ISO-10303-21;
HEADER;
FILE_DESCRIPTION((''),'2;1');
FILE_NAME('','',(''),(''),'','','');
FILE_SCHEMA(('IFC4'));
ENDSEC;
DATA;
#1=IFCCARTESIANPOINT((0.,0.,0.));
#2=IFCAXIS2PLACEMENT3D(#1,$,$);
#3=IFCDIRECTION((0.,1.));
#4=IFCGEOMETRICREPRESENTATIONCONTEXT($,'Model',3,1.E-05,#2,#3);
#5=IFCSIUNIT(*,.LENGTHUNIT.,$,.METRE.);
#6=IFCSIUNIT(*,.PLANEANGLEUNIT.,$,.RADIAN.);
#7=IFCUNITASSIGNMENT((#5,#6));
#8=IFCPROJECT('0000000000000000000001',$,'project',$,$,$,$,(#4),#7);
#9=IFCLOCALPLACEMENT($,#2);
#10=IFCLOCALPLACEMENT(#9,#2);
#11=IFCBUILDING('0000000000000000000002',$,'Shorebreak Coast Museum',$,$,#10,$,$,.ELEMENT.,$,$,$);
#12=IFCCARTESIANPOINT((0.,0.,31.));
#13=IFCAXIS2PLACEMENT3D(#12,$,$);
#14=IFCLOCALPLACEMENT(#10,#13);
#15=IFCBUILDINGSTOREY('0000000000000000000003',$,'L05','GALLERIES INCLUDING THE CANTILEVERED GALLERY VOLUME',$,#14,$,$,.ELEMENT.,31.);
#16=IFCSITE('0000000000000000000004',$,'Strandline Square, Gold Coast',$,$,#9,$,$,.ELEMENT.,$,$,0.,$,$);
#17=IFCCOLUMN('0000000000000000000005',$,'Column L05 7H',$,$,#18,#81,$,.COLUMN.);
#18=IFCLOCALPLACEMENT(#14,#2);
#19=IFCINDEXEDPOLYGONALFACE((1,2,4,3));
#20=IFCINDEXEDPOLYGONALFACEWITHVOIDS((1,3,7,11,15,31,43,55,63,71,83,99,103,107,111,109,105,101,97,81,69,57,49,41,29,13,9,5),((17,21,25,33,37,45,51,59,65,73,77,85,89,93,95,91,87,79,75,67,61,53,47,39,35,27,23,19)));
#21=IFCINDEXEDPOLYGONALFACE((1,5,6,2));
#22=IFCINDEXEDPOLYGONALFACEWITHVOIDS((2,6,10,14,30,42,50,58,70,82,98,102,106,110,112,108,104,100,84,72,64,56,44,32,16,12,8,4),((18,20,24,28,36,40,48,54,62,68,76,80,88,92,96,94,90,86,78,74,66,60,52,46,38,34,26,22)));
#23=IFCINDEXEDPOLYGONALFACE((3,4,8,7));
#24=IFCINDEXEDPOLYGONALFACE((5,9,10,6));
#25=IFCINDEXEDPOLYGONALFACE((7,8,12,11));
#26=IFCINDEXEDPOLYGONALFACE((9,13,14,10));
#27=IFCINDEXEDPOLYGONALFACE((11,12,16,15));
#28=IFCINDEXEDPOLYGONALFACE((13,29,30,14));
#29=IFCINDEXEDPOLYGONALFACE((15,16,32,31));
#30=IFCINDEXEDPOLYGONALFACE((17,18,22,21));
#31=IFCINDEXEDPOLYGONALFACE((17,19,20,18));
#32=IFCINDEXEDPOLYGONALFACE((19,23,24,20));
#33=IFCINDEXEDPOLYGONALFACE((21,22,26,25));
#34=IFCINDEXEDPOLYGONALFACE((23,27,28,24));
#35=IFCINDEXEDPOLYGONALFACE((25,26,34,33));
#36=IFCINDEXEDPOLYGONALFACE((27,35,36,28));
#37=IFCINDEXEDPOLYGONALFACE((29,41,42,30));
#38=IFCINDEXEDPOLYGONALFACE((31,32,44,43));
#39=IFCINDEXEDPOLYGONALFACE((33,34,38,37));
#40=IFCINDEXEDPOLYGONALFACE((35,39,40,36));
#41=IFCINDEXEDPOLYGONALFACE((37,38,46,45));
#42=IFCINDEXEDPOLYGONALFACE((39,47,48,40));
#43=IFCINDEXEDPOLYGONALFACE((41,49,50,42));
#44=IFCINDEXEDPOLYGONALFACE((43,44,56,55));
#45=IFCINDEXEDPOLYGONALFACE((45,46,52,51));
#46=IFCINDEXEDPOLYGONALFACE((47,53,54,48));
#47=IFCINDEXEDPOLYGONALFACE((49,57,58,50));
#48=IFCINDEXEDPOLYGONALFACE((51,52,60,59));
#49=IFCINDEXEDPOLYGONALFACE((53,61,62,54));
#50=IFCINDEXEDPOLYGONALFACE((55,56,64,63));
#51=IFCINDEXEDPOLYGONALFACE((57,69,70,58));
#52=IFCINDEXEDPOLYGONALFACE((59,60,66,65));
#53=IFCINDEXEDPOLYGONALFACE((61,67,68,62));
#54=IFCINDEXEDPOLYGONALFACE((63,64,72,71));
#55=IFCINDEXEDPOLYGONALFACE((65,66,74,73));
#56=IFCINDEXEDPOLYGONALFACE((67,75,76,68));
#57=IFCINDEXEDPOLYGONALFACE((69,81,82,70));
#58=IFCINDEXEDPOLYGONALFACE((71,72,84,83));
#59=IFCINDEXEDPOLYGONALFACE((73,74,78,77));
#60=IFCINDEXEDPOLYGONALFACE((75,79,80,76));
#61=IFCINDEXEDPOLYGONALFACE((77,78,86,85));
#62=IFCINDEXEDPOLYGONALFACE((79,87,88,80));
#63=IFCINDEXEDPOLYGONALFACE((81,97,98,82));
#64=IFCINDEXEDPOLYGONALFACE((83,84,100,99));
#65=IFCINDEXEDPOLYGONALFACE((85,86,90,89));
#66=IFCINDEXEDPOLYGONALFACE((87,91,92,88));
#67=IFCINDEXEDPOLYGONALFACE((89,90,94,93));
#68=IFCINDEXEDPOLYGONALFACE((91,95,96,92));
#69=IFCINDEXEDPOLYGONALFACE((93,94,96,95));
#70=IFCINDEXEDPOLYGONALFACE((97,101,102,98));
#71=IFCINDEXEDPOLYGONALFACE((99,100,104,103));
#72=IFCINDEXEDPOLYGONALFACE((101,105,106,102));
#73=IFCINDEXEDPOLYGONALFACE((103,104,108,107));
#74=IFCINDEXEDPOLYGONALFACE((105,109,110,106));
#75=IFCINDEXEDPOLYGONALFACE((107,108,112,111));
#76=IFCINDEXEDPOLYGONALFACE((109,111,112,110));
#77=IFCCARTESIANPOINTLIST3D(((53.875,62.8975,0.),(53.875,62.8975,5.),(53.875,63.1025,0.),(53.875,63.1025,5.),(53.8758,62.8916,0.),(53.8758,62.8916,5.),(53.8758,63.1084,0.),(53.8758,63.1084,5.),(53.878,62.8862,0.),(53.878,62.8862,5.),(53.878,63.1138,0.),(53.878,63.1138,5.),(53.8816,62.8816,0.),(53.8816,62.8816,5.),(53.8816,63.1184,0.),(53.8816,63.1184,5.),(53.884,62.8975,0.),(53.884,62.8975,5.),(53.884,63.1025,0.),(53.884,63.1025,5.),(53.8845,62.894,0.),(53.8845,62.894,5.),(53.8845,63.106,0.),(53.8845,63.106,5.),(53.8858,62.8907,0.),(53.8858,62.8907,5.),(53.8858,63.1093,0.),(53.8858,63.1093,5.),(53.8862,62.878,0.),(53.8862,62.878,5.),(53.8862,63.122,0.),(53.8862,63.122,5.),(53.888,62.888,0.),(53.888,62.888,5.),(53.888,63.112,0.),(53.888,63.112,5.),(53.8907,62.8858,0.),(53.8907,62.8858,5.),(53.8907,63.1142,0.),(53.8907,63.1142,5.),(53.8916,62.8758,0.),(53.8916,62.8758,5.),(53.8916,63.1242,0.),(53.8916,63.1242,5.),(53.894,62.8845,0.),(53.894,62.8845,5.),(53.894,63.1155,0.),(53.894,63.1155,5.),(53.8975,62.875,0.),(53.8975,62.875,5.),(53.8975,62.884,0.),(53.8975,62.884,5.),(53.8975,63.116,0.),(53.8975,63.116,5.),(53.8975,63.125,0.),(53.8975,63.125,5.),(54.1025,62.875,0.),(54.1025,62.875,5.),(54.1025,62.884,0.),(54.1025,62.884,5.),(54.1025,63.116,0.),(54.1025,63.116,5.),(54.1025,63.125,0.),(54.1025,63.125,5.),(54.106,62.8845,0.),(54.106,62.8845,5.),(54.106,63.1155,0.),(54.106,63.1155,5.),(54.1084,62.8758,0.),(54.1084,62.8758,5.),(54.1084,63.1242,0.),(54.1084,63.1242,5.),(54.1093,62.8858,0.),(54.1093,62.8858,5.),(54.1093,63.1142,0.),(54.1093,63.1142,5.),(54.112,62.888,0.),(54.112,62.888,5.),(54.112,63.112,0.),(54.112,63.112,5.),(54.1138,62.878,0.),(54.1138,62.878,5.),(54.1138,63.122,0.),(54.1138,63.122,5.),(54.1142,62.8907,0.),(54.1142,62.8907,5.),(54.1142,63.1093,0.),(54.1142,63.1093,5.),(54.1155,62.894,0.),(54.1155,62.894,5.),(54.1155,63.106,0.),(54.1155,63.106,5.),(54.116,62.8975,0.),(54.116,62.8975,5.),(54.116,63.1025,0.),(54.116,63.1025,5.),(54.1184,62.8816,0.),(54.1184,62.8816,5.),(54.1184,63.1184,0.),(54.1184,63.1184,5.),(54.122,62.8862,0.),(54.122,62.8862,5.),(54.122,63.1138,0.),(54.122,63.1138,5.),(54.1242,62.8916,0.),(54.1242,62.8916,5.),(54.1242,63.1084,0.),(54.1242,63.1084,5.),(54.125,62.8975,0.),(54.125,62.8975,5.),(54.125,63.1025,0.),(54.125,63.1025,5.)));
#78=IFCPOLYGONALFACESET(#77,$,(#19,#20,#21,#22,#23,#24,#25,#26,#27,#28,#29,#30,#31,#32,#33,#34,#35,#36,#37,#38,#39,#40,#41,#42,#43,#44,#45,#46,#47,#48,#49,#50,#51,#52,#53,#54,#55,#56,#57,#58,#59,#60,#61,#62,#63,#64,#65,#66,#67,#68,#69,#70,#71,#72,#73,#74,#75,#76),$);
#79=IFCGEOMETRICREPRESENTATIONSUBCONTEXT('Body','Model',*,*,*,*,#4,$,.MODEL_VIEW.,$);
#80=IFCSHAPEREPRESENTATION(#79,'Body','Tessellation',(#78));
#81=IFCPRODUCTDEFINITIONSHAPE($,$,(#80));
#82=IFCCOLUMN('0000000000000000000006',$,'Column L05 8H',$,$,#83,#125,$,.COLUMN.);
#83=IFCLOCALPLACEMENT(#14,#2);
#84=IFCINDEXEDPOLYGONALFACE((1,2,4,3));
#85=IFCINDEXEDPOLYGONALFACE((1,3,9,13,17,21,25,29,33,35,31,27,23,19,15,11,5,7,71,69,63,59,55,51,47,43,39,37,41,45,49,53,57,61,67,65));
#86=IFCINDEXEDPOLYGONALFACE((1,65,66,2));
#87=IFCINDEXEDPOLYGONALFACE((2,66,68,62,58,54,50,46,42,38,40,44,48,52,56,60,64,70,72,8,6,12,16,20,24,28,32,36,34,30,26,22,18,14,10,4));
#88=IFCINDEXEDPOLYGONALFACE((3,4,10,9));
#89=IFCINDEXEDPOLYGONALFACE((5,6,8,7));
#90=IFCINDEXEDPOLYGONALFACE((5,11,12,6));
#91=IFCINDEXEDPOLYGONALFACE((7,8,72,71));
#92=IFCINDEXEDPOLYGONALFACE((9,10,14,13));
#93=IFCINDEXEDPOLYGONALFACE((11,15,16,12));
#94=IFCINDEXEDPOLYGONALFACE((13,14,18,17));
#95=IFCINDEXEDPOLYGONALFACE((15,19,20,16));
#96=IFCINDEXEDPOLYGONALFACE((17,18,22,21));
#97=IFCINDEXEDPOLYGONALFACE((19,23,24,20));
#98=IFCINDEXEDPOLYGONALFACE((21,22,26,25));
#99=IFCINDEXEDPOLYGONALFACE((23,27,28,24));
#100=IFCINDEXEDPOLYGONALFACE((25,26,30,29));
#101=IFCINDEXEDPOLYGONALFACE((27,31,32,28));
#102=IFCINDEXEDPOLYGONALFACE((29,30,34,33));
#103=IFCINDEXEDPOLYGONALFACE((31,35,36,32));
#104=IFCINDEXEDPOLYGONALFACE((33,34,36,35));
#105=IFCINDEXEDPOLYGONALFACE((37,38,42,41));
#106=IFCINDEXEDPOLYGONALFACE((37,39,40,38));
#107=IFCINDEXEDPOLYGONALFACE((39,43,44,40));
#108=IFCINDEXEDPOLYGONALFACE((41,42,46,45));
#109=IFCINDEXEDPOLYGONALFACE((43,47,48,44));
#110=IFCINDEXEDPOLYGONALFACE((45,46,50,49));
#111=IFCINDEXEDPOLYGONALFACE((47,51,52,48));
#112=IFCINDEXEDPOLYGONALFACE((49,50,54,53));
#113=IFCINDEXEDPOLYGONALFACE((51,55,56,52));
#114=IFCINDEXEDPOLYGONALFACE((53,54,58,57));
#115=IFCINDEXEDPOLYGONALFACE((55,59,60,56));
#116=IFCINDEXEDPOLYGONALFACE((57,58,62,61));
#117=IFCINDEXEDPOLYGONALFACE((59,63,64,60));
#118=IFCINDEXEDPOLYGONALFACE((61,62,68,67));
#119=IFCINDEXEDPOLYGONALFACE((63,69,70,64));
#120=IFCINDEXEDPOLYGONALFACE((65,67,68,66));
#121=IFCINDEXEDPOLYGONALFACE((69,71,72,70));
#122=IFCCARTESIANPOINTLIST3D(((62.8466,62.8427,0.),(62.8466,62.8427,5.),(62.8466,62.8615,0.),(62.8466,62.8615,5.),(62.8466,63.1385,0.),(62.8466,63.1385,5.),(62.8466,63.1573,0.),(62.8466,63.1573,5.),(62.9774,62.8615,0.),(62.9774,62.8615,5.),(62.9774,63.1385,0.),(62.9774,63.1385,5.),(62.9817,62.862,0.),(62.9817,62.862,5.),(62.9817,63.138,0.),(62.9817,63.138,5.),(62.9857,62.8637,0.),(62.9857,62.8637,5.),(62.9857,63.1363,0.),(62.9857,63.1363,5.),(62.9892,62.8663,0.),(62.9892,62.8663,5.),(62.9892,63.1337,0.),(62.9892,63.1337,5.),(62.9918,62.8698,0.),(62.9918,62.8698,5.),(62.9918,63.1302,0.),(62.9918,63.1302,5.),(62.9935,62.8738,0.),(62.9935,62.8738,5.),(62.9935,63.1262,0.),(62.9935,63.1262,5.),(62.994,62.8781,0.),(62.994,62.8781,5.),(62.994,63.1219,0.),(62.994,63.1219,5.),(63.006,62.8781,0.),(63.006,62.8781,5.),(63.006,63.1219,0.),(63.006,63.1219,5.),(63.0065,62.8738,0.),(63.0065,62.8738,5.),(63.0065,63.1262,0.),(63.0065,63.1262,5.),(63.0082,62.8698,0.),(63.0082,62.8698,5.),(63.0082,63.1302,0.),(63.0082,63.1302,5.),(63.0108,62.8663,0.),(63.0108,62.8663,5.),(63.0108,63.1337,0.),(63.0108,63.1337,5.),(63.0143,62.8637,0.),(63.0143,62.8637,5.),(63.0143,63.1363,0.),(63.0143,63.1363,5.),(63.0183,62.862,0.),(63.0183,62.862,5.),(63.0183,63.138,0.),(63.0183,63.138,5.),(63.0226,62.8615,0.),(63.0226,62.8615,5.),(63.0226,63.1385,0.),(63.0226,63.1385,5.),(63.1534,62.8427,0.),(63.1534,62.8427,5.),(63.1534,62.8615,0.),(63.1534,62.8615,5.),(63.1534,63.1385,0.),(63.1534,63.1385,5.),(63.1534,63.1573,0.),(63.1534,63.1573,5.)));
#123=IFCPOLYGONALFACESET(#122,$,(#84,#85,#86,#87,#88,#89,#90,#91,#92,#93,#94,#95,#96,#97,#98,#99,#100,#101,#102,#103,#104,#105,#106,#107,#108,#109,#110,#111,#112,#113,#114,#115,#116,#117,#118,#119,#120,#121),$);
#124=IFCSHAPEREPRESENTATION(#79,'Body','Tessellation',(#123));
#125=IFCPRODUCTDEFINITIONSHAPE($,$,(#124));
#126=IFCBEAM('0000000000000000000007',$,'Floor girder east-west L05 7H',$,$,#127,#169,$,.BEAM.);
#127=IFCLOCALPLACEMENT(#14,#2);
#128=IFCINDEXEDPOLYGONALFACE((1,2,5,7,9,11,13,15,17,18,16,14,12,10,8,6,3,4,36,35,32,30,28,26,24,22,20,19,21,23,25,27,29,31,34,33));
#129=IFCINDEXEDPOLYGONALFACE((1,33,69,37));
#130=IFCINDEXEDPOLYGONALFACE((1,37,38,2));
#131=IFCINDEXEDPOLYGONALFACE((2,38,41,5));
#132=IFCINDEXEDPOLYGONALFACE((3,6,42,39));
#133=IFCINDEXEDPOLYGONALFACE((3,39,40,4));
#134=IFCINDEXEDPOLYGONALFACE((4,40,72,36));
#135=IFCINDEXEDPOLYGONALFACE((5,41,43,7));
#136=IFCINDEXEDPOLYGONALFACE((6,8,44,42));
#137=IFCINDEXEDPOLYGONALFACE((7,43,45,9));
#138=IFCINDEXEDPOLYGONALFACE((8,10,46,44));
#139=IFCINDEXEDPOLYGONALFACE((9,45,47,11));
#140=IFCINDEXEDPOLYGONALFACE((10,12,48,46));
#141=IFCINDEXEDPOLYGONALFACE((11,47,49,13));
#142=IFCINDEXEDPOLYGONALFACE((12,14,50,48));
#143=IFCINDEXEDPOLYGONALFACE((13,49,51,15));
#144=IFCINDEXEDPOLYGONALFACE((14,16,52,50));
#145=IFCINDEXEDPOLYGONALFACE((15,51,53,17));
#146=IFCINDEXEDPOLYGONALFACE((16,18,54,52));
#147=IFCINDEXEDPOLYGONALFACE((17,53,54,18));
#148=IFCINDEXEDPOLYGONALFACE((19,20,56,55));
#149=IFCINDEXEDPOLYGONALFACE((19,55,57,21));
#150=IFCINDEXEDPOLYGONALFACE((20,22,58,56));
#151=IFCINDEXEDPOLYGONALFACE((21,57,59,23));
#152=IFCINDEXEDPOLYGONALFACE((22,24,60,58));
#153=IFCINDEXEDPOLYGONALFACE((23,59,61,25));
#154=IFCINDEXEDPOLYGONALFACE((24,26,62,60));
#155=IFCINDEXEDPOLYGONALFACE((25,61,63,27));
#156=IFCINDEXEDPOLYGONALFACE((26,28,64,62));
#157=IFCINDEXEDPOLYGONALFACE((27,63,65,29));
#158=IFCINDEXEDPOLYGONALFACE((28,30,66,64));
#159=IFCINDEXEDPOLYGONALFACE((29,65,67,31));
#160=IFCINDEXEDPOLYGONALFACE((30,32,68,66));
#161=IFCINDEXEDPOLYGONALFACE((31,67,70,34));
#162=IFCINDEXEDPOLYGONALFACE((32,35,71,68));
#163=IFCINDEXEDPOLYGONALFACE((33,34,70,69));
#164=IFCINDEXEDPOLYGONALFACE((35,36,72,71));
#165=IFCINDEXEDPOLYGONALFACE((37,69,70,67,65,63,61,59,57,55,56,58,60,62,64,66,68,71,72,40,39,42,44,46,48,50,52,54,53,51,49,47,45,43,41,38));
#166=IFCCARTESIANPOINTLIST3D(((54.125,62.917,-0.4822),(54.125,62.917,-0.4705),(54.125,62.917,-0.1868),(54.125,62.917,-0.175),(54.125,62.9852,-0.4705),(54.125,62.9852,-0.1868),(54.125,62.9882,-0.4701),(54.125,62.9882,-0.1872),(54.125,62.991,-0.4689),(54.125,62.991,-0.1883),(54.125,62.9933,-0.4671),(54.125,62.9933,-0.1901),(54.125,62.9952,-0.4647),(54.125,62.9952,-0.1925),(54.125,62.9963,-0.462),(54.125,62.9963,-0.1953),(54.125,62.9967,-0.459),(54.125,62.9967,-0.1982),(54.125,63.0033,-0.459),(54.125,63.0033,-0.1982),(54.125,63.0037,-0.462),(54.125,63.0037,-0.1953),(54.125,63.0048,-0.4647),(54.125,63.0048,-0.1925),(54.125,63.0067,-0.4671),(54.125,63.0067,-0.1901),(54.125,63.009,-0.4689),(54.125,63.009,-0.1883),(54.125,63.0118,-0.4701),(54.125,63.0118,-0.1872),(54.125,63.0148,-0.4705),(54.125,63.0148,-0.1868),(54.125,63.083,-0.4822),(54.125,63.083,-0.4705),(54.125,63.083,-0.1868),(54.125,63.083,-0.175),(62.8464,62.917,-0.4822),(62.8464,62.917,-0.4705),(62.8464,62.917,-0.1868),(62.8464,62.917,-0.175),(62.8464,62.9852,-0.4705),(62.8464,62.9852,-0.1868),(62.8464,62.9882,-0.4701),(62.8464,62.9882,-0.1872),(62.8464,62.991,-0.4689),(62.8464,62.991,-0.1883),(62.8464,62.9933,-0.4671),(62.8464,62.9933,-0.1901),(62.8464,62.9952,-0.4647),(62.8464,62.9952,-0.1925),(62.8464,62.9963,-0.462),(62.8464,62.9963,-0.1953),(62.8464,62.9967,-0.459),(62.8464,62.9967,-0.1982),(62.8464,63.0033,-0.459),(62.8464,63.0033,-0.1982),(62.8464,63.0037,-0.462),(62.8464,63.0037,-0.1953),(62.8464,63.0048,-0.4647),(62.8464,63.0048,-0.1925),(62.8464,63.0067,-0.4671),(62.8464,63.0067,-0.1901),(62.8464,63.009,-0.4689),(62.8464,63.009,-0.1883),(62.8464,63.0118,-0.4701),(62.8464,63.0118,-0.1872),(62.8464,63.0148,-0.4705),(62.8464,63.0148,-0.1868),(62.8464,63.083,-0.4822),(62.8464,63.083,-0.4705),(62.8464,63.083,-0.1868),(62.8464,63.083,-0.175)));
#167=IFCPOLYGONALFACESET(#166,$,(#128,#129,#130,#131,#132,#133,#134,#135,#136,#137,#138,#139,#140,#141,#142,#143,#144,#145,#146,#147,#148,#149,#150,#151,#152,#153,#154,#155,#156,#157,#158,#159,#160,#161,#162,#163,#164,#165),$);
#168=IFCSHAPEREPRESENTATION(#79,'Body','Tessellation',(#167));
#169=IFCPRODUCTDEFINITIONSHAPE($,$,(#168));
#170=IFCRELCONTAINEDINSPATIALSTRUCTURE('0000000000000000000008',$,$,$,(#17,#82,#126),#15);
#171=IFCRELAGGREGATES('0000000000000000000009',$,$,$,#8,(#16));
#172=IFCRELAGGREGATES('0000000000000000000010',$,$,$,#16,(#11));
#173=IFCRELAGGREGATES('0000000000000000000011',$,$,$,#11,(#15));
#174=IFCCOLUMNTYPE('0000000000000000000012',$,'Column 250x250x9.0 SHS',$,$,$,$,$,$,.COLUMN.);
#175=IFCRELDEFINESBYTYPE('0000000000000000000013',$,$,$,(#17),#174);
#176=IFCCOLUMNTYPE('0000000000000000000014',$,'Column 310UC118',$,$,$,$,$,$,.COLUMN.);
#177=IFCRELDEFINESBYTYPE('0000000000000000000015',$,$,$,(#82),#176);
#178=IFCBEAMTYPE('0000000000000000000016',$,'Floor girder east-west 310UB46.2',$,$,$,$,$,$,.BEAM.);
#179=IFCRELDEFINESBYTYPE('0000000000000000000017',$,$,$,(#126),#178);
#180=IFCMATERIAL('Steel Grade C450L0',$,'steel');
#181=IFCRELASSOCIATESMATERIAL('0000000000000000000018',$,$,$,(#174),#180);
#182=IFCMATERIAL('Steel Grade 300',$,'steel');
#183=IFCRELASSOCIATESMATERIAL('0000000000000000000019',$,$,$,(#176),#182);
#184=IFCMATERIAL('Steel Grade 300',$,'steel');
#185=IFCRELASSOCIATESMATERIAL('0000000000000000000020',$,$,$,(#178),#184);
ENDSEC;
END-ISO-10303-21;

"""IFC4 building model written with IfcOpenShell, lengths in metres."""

from ifc_helpers import new_model, si_unit, direction, frame, origin, origin_2d, place, context, subcontext, project, spatial, hollow_rectangle, i_section, extrude, material, material_profile, profile_set, type_object, element, save


model = new_model("IFC4")

# Units and contexts
model_context = context("Model", 3, precision=1e-05, world=origin(), true_north=direction((0.0, 1.0)))
body_context = subcontext(model_context, "Body", "Model", "MODEL_VIEW")
ifc_project = project(units=[si_unit("LENGTHUNIT", "METRE"), si_unit("PLANEANGLEUNIT", "RADIAN")], contexts=[model_context])

# Site, building, storey
site_placement = place(None, origin())
site = spatial("IfcSite", under=ifc_project, at=site_placement, Name="Strandline Square, Gold Coast", CompositionType="ELEMENT", RefElevation=0.0)
building_placement = place(site_placement, origin())
building = spatial("IfcBuilding", under=site, at=building_placement, Name="Shorebreak Coast Museum", CompositionType="ELEMENT")
storey_placement = place(building_placement, frame((0.0, 0.0, 31.0)))
storey = spatial("IfcBuildingStorey", under=building, at=storey_placement, Name="L05", Description="GALLERIES INCLUDING THE CANTILEVERED GALLERY VOLUME", CompositionType="ELEMENT", Elevation=31.0)

# Columns
ifc_material_1 = material(Name="Steel Grade C450L0", Category="steel")
ifc_material_profile_1 = material_profile(ifc_material_1, hollow_rectangle(XDim=0.25, YDim=0.25, WallThickness=0.009, InnerFilletRadius=0.0134, OuterFilletRadius=0.0225, at=origin_2d()), Name="250x250x9.0 SHS")
ifc_profile_set_1 = profile_set([ifc_material_profile_1], Name="Steel Grade C450L0")
column_type_1 = type_object("IfcColumnType", Name="Column 250x250x9.0 SHS", PredefinedType="COLUMN", material=ifc_profile_set_1)
column_1_placement = place(storey_placement, frame((54.0, 63.0, 0.0), z_axis=(0.0, 0.0, 1.0), x_axis=(1.0, 0.0, 0.0)))
element("IfcColumn", 1, at=column_1_placement, inside=storey, type_object=column_type_1, Name="Column L05 7H", PredefinedType="COLUMN", context=body_context, shape_type="SweptSolid", body=[
    extrude(hollow_rectangle(XDim=0.25, YDim=0.25, WallThickness=0.009, InnerFilletRadius=0.0134, OuterFilletRadius=0.0225, at=origin_2d()), origin(), (0.0, 0.0, 1.0), 5.0),
])
ifc_material_2 = material(Name="Steel Grade 300", Category="steel")
ifc_material_profile_2 = material_profile(ifc_material_2, i_section(OverallWidth=0.3069, OverallDepth=0.3147, WebThickness=0.012, FlangeThickness=0.0188, FilletRadius=0.0166, at=origin_2d()), Name="310UC118")
ifc_profile_set_2 = profile_set([ifc_material_profile_2], Name="Steel Grade 300")
column_type_2 = type_object("IfcColumnType", Name="Column 310UC118", PredefinedType="COLUMN", material=ifc_profile_set_2)
column_2_placement = place(storey_placement, frame((63.0, 63.0, 0.0), z_axis=(0.0, 0.0, 1.0), x_axis=(1.0, 0.0, 0.0)))
element("IfcColumn", 2, at=column_2_placement, inside=storey, type_object=column_type_2, Name="Column L05 8H", PredefinedType="COLUMN", context=body_context, shape_type="SweptSolid", body=[
    extrude(i_section(OverallWidth=0.3069, OverallDepth=0.3147, WebThickness=0.012, FlangeThickness=0.0188, FilletRadius=0.0166, at=origin_2d()), origin(), (0.0, 0.0, 1.0), 5.0),
])

# Beam
ifc_material_3 = material(Name="Steel Grade 300", Category="steel")
ifc_material_profile_3 = material_profile(ifc_material_3, i_section(OverallWidth=0.166, OverallDepth=0.3071, WebThickness=0.0066, FlangeThickness=0.0117, FilletRadius=0.0115, at=origin_2d()), Name="310UB46.2")
ifc_profile_set_3 = profile_set([ifc_material_profile_3], Name="Steel Grade 300")
beam_type_1 = type_object("IfcBeamType", Name="Floor girder east-west 310UB46.2", PredefinedType="BEAM", material=ifc_profile_set_3)
beam_1_placement = place(storey_placement, frame((54.125, 63.0, -0.3286), z_axis=(1.0, 0.0, 0.0), x_axis=(0.0, 1.0, 0.0)))
element("IfcBeam", 3, at=beam_1_placement, inside=storey, type_object=beam_type_1, Name="Floor girder east-west L05 7H", PredefinedType="BEAM", context=body_context, shape_type="SweptSolid", body=[
    extrude(i_section(OverallWidth=0.166, OverallDepth=0.3071, WebThickness=0.0066, FlangeThickness=0.0117, FilletRadius=0.0115, at=origin_2d()), origin(), (0.0, 0.0, 1.0), 8.7214),
])

save(model, "model.ifc")
